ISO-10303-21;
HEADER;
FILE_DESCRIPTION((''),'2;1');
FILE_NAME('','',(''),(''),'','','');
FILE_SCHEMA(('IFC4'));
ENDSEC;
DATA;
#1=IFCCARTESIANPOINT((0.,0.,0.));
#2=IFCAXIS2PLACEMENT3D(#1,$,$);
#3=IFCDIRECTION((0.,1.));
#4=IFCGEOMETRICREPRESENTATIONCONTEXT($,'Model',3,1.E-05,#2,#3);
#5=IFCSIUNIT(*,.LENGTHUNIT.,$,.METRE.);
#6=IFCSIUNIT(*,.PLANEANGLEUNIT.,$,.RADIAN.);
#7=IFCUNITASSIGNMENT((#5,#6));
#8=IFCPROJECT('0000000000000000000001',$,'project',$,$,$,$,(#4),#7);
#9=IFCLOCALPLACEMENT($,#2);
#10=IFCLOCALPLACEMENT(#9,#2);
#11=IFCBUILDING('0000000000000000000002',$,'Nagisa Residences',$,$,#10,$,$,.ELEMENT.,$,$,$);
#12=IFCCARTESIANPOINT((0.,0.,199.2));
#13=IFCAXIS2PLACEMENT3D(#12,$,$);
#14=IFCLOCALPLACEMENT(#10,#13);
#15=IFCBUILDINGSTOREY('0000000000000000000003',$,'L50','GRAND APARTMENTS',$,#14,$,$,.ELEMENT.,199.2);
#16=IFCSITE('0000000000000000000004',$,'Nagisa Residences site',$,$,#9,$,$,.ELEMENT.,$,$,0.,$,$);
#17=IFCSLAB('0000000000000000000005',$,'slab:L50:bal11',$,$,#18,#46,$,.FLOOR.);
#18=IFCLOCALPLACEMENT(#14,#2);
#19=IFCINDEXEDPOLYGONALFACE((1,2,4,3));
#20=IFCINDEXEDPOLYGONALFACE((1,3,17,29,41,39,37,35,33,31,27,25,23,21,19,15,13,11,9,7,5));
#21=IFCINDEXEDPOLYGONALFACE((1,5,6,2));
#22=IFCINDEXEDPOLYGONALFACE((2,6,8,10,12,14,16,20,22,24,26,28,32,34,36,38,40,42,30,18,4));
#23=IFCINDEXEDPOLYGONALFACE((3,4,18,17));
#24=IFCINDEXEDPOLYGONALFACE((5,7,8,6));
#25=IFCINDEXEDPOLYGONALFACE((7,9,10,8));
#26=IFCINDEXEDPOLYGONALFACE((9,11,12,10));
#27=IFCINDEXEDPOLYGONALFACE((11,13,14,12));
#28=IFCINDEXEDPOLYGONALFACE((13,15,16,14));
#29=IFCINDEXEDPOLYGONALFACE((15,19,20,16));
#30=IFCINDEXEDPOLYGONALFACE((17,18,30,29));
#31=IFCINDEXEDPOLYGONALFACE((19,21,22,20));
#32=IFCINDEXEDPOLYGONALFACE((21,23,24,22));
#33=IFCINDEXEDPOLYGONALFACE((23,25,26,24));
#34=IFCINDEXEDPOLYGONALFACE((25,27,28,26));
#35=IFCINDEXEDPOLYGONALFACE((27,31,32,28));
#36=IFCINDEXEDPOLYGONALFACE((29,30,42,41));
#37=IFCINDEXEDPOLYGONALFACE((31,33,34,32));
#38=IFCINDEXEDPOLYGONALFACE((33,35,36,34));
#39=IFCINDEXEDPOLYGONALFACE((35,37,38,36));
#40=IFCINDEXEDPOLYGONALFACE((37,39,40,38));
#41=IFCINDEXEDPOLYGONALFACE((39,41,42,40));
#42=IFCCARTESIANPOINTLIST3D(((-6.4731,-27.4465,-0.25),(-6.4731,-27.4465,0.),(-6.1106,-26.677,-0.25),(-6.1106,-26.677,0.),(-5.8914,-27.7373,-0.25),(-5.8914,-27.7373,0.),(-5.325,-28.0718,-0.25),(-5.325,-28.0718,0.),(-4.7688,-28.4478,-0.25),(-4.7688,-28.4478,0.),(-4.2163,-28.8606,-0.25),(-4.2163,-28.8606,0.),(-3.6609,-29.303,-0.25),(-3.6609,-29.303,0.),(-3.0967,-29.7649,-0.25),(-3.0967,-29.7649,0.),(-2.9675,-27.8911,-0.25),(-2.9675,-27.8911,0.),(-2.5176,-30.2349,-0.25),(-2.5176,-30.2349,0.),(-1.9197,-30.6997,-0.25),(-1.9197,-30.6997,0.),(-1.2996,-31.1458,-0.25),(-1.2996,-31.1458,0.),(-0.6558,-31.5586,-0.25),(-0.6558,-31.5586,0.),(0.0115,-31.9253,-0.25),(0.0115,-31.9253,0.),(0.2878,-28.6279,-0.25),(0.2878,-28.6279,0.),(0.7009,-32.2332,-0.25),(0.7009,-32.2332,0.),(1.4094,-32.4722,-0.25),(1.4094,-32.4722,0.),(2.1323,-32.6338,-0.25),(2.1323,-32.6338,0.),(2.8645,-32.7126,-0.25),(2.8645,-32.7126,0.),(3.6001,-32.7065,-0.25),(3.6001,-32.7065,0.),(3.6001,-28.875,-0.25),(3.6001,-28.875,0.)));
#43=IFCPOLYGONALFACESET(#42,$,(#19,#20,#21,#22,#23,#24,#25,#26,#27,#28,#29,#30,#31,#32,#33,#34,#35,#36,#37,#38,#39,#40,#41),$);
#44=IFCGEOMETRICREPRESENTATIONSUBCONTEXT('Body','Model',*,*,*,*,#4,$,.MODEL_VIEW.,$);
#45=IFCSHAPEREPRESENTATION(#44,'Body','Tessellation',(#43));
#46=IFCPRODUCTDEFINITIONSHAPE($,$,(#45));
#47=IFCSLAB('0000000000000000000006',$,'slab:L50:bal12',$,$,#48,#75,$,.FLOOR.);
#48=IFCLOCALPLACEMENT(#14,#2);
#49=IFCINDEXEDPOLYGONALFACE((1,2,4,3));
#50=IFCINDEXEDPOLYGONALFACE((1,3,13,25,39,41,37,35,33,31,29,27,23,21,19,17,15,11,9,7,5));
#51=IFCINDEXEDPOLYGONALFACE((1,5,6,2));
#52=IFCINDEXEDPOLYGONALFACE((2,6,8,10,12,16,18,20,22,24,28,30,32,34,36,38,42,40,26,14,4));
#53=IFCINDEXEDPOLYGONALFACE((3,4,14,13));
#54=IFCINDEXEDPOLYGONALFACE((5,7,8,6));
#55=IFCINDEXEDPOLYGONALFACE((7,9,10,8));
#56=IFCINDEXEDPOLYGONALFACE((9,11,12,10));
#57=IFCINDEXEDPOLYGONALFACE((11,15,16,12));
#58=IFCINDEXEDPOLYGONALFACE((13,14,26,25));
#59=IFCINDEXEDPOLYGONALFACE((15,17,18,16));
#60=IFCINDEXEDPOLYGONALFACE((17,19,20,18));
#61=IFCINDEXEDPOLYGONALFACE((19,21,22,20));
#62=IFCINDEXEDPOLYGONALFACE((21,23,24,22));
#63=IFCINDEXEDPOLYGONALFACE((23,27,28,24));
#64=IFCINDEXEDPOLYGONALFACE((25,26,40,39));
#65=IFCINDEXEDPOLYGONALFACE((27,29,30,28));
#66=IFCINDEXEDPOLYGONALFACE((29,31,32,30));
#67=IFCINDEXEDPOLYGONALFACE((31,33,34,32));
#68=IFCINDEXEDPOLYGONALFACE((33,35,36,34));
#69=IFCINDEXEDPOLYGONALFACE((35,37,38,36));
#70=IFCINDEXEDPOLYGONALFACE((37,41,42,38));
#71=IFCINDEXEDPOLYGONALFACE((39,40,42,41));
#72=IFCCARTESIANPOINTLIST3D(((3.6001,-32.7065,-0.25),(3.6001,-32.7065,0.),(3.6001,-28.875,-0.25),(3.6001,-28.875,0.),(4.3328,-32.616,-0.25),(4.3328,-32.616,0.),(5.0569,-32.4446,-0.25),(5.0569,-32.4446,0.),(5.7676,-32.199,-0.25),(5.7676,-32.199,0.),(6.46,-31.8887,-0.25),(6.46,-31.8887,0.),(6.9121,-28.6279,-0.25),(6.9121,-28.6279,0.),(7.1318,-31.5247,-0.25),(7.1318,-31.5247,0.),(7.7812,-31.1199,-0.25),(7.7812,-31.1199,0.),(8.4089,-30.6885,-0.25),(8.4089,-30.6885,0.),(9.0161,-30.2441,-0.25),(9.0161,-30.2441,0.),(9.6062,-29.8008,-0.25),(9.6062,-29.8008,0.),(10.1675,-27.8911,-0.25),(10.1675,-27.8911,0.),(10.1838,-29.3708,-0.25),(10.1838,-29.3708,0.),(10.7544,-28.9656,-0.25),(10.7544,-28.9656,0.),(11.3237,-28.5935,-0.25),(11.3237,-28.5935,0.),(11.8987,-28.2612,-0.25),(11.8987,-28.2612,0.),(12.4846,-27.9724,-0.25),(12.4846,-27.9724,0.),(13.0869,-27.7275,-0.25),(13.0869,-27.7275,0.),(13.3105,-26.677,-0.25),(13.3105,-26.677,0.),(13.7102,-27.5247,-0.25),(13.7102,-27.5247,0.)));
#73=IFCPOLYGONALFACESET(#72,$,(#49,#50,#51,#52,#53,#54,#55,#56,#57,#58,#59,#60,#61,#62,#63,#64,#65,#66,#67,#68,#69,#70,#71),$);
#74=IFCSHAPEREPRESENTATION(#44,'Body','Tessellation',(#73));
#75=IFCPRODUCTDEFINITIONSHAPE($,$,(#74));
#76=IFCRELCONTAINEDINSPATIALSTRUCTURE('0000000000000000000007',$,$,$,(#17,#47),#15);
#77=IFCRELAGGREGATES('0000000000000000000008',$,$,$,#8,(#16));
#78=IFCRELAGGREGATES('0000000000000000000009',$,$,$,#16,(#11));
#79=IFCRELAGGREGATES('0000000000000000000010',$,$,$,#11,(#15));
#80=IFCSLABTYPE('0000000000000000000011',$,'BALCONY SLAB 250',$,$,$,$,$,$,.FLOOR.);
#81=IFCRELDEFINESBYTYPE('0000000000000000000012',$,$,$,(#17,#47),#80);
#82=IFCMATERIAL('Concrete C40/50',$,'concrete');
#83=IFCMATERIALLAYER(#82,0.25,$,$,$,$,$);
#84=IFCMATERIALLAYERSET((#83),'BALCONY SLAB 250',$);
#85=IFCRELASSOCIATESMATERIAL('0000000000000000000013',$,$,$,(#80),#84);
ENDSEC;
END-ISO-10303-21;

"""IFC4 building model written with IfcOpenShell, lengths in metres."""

from ifc_helpers import new_model, si_unit, direction, frame, origin, place, context, subcontext, project, spatial, polyline, outline, extrude, material, layer, layer_set, type_object, element, save


model = new_model("IFC4")

# Units and contexts
model_context = context("Model", 3, precision=1e-05, world=origin(), true_north=direction((0.0, 1.0)))
body_context = subcontext(model_context, "Body", "Model", "MODEL_VIEW")
ifc_project = project(units=[si_unit("LENGTHUNIT", "METRE"), si_unit("PLANEANGLEUNIT", "RADIAN")], contexts=[model_context])

# Site, building, storey
site_placement = place(None, origin())
site = spatial("IfcSite", under=ifc_project, at=site_placement, Name="Nagisa Residences site", CompositionType="ELEMENT", RefElevation=0.0)
building_placement = place(site_placement, origin())
building = spatial("IfcBuilding", under=site, at=building_placement, Name="Nagisa Residences", CompositionType="ELEMENT")
storey_placement = place(building_placement, frame((0.0, 0.0, 199.2)))
storey = spatial("IfcBuildingStorey", under=building, at=storey_placement, Name="L50", Description="GRAND APARTMENTS", CompositionType="ELEMENT", Elevation=199.2)

# Slabs
ifc_material = material(Name="Concrete C40/50", Category="concrete")
ifc_layer = layer(ifc_material, 0.25)
ifc_layer_set = layer_set([ifc_layer], Name="BALCONY SLAB 250")
slab_type = type_object("IfcSlabType", Name="BALCONY SLAB 250", PredefinedType="FLOOR", material=ifc_layer_set)
slab_1_placement = place(storey_placement, frame((0.0, 0.0, -0.25)))
element("IfcSlab", 1, at=slab_1_placement, inside=storey, type_object=slab_type, Name="slab:L50:bal11", PredefinedType="FLOOR", context=body_context, shape_type="SweptSolid", body=[
    extrude(outline(polyline([(-6.4731, -27.4465), (-5.8914, -27.7373), (-5.325, -28.0718), (-4.7688, -28.4478), (-4.2163, -28.8606), (-3.6609, -29.303), (-3.0967, -29.7649), (-2.5176, -30.2349), (-1.9197, -30.6997), (-1.2996, -31.1458), (-0.6558, -31.5586), (0.0115, -31.9253), (0.7009, -32.2332), (1.4094, -32.4722), (2.1323, -32.6338), (2.8645, -32.7126), (3.6001, -32.7065), (3.6001, -28.875), (0.2878, -28.6279), (-2.9675, -27.8911), (-6.1106, -26.677), (-6.4731, -27.4465)])), origin(), (0.0, 0.0, 1.0), 0.25),
])
slab_2_placement = place(storey_placement, frame((0.0, 0.0, -0.25)))
element("IfcSlab", 2, at=slab_2_placement, inside=storey, type_object=slab_type, Name="slab:L50:bal12", PredefinedType="FLOOR", context=body_context, shape_type="SweptSolid", body=[
    extrude(outline(polyline([(3.6001, -32.7065), (4.3328, -32.616), (5.0569, -32.4446), (5.7676, -32.199), (6.46, -31.8887), (7.1318, -31.5247), (7.7812, -31.1199), (8.4089, -30.6885), (9.0161, -30.2441), (9.6062, -29.8008), (10.1838, -29.3708), (10.7544, -28.9656), (11.3237, -28.5935), (11.8987, -28.2612), (12.4846, -27.9724), (13.0869, -27.7275), (13.7102, -27.5247), (13.3105, -26.677), (10.1675, -27.8911), (6.9121, -28.6279), (3.6001, -28.875), (3.6001, -32.7065)])), origin(), (0.0, 0.0, 1.0), 0.25),
])

save(model, "model.ifc")
